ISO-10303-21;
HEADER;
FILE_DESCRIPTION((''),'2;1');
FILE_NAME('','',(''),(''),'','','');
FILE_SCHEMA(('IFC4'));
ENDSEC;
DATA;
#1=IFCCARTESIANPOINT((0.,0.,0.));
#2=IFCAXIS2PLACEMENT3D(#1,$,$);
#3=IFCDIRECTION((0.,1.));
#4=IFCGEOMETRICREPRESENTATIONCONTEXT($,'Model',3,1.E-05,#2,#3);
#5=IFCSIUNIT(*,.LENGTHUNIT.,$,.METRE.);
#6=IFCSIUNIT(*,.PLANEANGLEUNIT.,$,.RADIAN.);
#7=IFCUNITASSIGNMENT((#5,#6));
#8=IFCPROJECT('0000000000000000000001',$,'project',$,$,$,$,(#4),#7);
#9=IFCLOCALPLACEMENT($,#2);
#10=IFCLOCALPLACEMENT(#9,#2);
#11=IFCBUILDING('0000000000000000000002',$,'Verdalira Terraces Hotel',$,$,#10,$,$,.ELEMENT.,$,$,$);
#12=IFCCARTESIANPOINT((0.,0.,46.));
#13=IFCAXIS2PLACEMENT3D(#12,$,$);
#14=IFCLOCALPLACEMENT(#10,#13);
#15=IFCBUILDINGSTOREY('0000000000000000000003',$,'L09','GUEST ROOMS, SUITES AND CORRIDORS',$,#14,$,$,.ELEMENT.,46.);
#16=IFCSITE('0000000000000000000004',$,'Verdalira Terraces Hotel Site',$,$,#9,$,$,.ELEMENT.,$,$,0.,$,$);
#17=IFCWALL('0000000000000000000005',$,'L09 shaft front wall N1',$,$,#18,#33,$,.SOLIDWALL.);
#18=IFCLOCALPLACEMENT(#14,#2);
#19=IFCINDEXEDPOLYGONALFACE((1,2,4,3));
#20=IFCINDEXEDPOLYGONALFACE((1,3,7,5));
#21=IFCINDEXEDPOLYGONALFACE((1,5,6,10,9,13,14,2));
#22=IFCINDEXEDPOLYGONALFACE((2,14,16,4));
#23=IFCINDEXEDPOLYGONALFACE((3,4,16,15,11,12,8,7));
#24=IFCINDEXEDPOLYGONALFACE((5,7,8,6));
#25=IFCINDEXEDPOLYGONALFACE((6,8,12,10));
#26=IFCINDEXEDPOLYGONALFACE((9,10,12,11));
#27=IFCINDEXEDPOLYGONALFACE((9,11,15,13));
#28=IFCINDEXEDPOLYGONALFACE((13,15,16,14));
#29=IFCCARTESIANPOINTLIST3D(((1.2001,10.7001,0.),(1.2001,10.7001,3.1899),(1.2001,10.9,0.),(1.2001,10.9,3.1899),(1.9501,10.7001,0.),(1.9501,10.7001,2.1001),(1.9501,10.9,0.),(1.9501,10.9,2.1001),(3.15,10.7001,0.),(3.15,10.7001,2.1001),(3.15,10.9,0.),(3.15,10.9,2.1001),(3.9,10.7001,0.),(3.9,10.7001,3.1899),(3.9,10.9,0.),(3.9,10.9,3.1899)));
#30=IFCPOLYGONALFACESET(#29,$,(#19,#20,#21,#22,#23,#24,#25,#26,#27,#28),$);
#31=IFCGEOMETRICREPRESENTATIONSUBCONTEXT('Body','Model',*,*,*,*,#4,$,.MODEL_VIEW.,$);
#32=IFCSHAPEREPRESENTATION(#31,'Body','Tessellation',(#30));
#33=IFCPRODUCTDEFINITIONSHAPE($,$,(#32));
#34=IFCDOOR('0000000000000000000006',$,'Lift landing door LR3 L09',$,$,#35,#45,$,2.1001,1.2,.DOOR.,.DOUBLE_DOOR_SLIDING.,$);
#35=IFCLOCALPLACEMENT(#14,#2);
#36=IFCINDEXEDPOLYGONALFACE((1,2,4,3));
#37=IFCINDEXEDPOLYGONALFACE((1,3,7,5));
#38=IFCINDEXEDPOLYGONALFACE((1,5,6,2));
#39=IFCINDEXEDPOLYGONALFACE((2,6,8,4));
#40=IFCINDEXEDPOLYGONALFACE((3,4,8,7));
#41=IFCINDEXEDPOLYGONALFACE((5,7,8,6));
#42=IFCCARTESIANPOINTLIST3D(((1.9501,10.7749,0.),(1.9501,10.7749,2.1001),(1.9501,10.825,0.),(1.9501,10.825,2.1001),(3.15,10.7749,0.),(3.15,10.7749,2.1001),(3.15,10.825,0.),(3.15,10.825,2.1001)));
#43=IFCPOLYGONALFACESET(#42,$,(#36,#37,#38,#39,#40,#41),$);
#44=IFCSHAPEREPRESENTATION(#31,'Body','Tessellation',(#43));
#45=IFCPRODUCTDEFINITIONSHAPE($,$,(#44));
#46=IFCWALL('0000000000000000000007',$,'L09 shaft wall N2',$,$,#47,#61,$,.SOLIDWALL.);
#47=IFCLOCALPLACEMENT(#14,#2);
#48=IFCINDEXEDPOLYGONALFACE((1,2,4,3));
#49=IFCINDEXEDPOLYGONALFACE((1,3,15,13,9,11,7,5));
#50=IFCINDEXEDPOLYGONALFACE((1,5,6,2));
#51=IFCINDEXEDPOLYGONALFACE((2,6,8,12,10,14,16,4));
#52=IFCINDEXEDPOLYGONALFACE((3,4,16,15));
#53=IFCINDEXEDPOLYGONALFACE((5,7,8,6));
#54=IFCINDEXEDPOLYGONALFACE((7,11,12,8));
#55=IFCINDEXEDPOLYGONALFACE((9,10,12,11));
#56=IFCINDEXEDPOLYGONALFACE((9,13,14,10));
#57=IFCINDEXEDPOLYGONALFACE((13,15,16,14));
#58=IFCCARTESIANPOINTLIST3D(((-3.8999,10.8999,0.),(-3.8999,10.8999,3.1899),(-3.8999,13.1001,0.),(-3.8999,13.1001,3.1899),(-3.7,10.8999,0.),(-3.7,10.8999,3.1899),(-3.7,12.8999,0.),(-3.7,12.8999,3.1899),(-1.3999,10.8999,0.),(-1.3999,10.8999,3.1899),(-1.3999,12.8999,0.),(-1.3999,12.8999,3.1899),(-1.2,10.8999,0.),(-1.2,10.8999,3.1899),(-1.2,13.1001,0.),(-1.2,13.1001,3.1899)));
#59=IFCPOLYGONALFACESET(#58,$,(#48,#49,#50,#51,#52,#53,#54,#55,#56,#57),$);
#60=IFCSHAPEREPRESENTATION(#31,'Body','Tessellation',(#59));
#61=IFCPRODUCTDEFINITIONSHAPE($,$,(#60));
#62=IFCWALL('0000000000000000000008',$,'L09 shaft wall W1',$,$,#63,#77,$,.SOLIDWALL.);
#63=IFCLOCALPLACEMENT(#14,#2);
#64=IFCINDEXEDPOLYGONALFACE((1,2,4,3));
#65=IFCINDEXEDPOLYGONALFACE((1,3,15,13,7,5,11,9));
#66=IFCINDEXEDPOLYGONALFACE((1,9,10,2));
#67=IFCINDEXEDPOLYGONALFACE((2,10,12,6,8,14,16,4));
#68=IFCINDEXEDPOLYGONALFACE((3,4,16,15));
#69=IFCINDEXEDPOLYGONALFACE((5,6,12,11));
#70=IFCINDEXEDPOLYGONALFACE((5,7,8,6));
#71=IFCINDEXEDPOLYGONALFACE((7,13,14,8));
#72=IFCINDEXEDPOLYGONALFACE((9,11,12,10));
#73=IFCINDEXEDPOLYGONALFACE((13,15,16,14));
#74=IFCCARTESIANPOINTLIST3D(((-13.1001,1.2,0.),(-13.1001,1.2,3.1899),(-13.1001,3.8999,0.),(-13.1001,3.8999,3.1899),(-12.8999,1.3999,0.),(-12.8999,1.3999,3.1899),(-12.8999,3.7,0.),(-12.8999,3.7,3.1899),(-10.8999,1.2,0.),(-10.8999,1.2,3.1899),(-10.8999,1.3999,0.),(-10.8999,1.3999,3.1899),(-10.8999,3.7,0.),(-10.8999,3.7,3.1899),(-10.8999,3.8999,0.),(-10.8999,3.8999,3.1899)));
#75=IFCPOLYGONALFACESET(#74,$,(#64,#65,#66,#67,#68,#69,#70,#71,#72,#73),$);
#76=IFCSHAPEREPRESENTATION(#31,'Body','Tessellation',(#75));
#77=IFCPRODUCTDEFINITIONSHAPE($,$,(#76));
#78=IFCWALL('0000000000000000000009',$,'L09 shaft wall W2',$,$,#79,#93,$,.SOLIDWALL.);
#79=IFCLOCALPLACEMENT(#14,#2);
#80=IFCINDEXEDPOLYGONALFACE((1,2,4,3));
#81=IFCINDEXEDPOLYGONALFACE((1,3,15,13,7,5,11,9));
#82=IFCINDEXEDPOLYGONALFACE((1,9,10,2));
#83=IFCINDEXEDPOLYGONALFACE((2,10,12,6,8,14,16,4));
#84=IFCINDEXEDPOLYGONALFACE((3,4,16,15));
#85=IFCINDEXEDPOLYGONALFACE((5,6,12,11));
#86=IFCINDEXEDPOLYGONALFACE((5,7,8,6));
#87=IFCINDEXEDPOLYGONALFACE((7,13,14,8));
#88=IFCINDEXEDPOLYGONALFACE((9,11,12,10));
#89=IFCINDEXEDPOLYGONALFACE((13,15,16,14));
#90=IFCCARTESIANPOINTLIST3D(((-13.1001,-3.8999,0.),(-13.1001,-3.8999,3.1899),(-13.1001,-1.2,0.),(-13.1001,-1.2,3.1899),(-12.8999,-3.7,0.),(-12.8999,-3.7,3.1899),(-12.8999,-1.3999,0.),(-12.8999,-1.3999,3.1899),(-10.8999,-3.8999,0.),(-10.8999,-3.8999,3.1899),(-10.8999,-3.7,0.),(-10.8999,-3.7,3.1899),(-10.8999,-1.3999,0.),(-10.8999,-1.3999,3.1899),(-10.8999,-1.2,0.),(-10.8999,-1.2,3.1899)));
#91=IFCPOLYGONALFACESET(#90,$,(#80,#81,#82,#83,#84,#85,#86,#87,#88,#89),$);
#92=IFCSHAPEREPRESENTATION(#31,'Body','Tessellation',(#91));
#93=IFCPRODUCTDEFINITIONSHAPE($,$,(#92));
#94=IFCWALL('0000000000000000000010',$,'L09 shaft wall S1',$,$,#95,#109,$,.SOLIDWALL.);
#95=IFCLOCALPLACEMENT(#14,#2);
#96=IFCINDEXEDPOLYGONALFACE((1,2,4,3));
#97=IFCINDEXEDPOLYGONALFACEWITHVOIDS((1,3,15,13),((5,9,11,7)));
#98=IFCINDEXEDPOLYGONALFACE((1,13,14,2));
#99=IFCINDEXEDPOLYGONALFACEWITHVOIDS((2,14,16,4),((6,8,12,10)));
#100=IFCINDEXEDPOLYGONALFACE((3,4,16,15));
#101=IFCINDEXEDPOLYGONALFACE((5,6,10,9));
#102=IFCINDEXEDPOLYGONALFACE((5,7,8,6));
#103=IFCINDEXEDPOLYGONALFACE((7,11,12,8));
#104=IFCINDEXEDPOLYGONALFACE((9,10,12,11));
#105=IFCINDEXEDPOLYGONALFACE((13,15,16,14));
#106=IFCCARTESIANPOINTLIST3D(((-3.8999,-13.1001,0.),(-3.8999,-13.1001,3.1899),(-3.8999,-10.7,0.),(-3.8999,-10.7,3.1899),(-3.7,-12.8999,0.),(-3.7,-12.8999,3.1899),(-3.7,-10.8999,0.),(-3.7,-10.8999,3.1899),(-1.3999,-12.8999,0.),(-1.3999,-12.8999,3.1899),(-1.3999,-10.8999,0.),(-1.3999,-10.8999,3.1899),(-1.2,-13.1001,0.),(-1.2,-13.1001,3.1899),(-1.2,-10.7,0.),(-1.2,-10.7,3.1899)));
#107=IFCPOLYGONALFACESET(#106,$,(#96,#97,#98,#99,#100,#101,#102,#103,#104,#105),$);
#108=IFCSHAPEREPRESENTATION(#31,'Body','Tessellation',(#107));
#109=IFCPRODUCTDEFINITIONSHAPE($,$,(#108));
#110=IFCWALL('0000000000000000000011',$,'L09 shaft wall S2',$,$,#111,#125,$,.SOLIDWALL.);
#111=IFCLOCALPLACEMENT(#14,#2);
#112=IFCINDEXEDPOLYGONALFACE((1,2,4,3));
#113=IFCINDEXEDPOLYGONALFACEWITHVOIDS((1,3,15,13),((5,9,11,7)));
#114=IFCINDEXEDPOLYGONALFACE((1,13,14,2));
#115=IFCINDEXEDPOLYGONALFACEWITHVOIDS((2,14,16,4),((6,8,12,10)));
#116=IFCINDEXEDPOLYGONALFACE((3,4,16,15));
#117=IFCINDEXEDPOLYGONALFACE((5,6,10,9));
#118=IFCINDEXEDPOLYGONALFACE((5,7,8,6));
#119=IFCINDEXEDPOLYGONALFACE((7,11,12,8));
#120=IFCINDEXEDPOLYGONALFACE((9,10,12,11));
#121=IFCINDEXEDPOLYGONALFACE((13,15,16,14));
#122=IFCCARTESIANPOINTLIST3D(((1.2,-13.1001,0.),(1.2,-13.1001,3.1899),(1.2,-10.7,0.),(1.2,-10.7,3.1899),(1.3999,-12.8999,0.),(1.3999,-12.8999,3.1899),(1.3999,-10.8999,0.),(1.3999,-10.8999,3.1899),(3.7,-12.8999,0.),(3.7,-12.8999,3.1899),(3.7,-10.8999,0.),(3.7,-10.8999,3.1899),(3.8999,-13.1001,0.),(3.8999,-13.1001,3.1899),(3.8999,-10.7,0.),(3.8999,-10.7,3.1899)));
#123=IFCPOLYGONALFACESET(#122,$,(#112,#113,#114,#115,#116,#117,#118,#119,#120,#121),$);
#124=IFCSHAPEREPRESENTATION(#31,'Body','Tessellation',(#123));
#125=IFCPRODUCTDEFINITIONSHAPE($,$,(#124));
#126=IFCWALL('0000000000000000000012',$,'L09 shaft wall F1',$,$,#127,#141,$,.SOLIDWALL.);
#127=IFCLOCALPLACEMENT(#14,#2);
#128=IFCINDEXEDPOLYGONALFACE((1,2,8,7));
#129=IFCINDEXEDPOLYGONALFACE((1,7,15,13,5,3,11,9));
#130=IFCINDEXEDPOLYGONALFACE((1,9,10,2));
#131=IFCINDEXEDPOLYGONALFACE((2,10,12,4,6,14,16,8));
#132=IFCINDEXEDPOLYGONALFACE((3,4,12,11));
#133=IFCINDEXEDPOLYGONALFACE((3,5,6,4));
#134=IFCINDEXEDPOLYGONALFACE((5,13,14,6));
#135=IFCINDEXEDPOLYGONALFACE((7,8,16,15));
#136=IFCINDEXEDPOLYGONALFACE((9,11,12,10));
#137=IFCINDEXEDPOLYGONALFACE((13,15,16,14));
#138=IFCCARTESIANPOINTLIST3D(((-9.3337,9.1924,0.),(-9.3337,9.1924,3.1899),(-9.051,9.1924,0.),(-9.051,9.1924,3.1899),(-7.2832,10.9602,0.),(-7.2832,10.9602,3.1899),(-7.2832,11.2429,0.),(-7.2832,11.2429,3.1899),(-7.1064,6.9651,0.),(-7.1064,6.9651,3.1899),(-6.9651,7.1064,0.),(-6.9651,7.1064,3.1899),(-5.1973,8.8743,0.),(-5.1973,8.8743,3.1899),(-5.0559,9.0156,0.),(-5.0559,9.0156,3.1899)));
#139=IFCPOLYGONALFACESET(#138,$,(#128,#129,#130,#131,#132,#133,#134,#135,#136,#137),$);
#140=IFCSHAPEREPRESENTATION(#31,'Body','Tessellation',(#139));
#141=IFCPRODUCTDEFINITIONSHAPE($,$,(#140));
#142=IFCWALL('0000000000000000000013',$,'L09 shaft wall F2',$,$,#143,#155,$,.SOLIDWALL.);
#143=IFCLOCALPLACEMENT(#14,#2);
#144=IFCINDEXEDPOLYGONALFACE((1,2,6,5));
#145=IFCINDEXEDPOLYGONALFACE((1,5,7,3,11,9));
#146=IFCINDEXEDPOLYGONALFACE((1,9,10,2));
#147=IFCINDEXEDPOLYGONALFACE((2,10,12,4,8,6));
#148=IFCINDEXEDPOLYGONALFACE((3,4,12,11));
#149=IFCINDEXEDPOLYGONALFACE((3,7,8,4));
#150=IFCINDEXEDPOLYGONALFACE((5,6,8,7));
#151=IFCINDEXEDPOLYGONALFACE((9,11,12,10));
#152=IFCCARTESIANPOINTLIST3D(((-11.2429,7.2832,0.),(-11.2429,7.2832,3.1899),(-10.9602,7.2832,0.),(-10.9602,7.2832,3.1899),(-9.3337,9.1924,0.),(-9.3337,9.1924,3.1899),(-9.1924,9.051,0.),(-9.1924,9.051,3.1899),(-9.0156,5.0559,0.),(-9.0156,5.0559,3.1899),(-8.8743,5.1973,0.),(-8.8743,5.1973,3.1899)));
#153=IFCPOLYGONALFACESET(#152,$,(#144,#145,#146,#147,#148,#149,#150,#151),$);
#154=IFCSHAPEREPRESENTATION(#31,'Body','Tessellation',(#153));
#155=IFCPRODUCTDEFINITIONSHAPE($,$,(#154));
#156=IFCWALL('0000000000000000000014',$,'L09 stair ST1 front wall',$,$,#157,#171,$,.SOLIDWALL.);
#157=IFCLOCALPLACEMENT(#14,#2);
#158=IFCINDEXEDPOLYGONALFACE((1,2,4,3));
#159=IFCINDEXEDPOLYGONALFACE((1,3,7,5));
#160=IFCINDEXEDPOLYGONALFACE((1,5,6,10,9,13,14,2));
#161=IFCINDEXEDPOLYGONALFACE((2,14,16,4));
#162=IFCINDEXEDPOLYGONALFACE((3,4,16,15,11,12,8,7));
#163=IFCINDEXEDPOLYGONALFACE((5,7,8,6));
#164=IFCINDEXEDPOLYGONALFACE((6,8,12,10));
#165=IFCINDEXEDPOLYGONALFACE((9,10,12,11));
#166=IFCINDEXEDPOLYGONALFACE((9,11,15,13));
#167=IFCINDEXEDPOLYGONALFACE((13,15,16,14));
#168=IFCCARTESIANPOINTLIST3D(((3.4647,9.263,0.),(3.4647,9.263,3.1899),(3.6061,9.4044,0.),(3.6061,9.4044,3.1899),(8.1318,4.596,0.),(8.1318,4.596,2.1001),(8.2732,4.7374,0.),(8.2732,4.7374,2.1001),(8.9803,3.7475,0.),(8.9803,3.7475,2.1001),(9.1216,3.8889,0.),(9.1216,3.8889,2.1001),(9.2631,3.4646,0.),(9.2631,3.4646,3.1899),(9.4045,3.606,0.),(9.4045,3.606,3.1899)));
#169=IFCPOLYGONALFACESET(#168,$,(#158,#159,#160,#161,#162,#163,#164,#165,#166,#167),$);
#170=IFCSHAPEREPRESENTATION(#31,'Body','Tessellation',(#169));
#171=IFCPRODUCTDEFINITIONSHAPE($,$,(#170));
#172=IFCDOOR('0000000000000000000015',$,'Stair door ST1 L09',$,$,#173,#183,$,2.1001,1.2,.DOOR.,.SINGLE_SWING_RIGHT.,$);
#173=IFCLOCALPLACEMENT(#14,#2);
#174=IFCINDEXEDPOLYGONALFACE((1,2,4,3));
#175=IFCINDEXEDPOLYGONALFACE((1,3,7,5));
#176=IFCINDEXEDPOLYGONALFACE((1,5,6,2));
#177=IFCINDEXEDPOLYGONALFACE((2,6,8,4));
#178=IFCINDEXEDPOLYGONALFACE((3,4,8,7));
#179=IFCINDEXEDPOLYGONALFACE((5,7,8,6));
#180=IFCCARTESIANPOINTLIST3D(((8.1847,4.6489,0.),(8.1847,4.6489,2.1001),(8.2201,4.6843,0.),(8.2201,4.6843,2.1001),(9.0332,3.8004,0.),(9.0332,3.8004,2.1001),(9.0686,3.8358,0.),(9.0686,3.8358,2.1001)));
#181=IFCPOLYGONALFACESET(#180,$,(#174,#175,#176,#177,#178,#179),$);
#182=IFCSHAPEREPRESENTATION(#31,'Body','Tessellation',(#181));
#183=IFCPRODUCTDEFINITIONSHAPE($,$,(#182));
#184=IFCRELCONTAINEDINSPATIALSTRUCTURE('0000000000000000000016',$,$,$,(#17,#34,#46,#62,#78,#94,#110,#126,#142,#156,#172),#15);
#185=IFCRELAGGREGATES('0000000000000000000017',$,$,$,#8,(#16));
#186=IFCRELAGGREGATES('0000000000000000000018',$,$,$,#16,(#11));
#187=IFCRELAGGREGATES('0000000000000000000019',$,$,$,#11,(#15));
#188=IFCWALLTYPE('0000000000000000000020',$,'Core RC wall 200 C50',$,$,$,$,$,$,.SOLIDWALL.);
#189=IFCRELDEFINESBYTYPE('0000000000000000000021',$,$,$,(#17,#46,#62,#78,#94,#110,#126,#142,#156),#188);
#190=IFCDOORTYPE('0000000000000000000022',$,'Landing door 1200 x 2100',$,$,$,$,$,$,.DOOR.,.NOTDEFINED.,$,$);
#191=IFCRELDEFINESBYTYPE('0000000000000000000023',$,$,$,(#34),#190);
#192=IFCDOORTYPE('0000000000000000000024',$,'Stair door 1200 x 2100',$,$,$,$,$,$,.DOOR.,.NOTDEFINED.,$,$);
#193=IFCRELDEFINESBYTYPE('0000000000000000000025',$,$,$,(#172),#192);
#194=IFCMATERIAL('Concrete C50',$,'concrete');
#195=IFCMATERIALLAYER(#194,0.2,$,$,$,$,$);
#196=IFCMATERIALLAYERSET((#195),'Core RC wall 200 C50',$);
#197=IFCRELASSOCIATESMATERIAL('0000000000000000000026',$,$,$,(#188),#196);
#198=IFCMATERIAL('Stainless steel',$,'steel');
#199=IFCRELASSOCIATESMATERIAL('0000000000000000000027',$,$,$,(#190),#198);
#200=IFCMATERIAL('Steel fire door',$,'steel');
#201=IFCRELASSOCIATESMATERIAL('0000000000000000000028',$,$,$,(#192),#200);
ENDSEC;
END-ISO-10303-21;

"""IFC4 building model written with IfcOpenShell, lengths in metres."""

from ifc_helpers import new_model, si_unit, direction, frame, frame_2d, origin, place, context, subcontext, project, spatial, polyline, rectangle, outline, extrude, material, layer, layer_set, type_object, element, fill, save


model = new_model("IFC4")

# Units and contexts
model_context = context("Model", 3, precision=1e-05, world=origin(), true_north=direction((0.0, 1.0)))
body_context = subcontext(model_context, "Body", "Model", "MODEL_VIEW")
ifc_project = project(units=[si_unit("LENGTHUNIT", "METRE"), si_unit("PLANEANGLEUNIT", "RADIAN")], contexts=[model_context])

# Site, building, storey
site_placement = place(None, origin())
site = spatial("IfcSite", under=ifc_project, at=site_placement, Name="Verdalira Terraces Hotel Site", CompositionType="ELEMENT", RefElevation=0.0)
building_placement = place(site_placement, origin())
building = spatial("IfcBuilding", under=site, at=building_placement, Name="Verdalira Terraces Hotel", CompositionType="ELEMENT")
storey_placement = place(building_placement, frame((0.0, 0.0, 46.0)))
storey = spatial("IfcBuildingStorey", under=building, at=storey_placement, Name="L09", Description="GUEST ROOMS, SUITES AND CORRIDORS", CompositionType="ELEMENT", Elevation=46.0)

# Shared definitions
ifc_material_1 = material(Name="Concrete C50", Category="concrete")
ifc_layer_1 = layer(ifc_material_1, 0.2)
ifc_layer_set_1 = layer_set([ifc_layer_1], Name="Core RC wall 200 C50")
wall_type_1 = type_object("IfcWallType", Name="Core RC wall 200 C50", PredefinedType="SOLIDWALL", material=ifc_layer_set_1)

# Wall, opening, door
wall_1_placement = place(storey_placement, frame((1.2, 10.8, 0.0), z_axis=(0.0, 0.0, 1.0), x_axis=(1.0, 0.0, 0.0)))
wall_1 = element("IfcWall", 1, at=wall_1_placement, inside=storey, type_object=wall_type_1, Name="L09 shaft front wall N1", PredefinedType="SOLIDWALL", context=body_context, shape_type="SweptSolid", body=[
    extrude(rectangle(XDim=2.7, YDim=0.2, at=frame_2d((1.3501, 0.0))), origin(), (0.0, 0.0, 1.0), 3.1899),
])
opening_1_placement = place(wall_1_placement, frame((0.75, 0.0, 0.0)))
opening_1 = element("IfcOpeningElement", 2, at=opening_1_placement, cuts=wall_1, PredefinedType="OPENING", context=body_context, shape_type="SweptSolid", body=[
    extrude(rectangle(XDim=1.2, YDim=2.1001, at=frame_2d((0.6001, 1.05))), frame((0.0, 0.1099, 0.0), z_axis=(0.0, -1.0, 0.0), x_axis=(1.0, 0.0, 0.0)), (0.0, 0.0, 1.0), 0.22),
])
ifc_material_2 = material(Name="Stainless steel", Category="steel")
door_type_1 = type_object("IfcDoorType", Name="Landing door 1200 x 2100", OperationType="NOTDEFINED", PredefinedType="DOOR", material=ifc_material_2)
door_1_placement = place(opening_1_placement, origin())
door_1 = element("IfcDoor", 3, at=door_1_placement, inside=storey, type_object=door_type_1, Name="Lift landing door LR3 L09", OperationType="DOUBLE_DOOR_SLIDING", OverallHeight=2.1001, OverallWidth=1.2, PredefinedType="DOOR", context=body_context, shape_type="SweptSolid", body=[
    extrude(rectangle(XDim=1.2, YDim=2.1001, at=frame_2d((0.6001, 1.05))), frame((0.0, 0.0249, 0.0), z_axis=(0.0, -1.0, 0.0), x_axis=(1.0, 0.0, 0.0)), (0.0, 0.0, 1.0), 0.05),
])
fill(opening_1, door_1)

# Walls
wall_2_placement = place(storey_placement, origin())
element("IfcWall", 4, at=wall_2_placement, inside=storey, type_object=wall_type_1, Name="L09 shaft wall N2", PredefinedType="SOLIDWALL", context=body_context, shape_type="SweptSolid", body=[
    extrude(outline(polyline([(-3.8999, 10.8999), (-3.8999, 13.1001), (-1.2, 13.1001), (-1.2, 10.8999), (-1.3999, 10.8999), (-1.3999, 12.8999), (-3.7, 12.8999), (-3.7, 10.8999), (-3.8999, 10.8999)])), origin(), (0.0, 0.0, 1.0), 3.1899),
])
wall_3_placement = place(storey_placement, origin())
element("IfcWall", 5, at=wall_3_placement, inside=storey, type_object=wall_type_1, Name="L09 shaft wall W1", PredefinedType="SOLIDWALL", context=body_context, shape_type="SweptSolid", body=[
    extrude(outline(polyline([(-13.1001, 3.8999), (-10.8999, 3.8999), (-10.8999, 3.7), (-12.8999, 3.7), (-12.8999, 1.3999), (-10.8999, 1.3999), (-10.8999, 1.2), (-13.1001, 1.2), (-13.1001, 3.8999)])), origin(), (0.0, 0.0, 1.0), 3.1899),
])
wall_4_placement = place(storey_placement, origin())
element("IfcWall", 6, at=wall_4_placement, inside=storey, type_object=wall_type_1, Name="L09 shaft wall W2", PredefinedType="SOLIDWALL", context=body_context, shape_type="SweptSolid", body=[
    extrude(outline(polyline([(-13.1001, -3.8999), (-13.1001, -1.2), (-10.8999, -1.2), (-10.8999, -1.3999), (-12.8999, -1.3999), (-12.8999, -3.7), (-10.8999, -3.7), (-10.8999, -3.8999), (-13.1001, -3.8999)])), origin(), (0.0, 0.0, 1.0), 3.1899),
])
wall_5_placement = place(storey_placement, origin())
element("IfcWall", 7, at=wall_5_placement, inside=storey, type_object=wall_type_1, Name="L09 shaft wall S1", PredefinedType="SOLIDWALL", context=body_context, shape_type="SweptSolid", body=[
    extrude(outline(polyline([(-1.2, -13.1001), (-3.8999, -13.1001), (-3.8999, -10.7), (-1.2, -10.7), (-1.2, -13.1001)]), holes=[polyline([(-3.7, -10.8999), (-3.7, -12.8999), (-1.3999, -12.8999), (-1.3999, -10.8999), (-3.7, -10.8999)])]), origin(), (0.0, 0.0, 1.0), 3.1899),
])
wall_6_placement = place(storey_placement, origin())
element("IfcWall", 8, at=wall_6_placement, inside=storey, type_object=wall_type_1, Name="L09 shaft wall S2", PredefinedType="SOLIDWALL", context=body_context, shape_type="SweptSolid", body=[
    extrude(outline(polyline([(3.8999, -10.7), (3.8999, -13.1001), (1.2, -13.1001), (1.2, -10.7), (3.8999, -10.7)]), holes=[polyline([(1.3999, -12.8999), (3.7, -12.8999), (3.7, -10.8999), (1.3999, -10.8999), (1.3999, -12.8999)])]), origin(), (0.0, 0.0, 1.0), 3.1899),
])
wall_7_placement = place(storey_placement, origin())
element("IfcWall", 9, at=wall_7_placement, inside=storey, type_object=wall_type_1, Name="L09 shaft wall F1", PredefinedType="SOLIDWALL", context=body_context, shape_type="SweptSolid", body=[
    extrude(outline(polyline([(-9.3337, 9.1924), (-7.2832, 11.2429), (-5.0559, 9.0156), (-5.1973, 8.8743), (-7.2832, 10.9602), (-9.051, 9.1924), (-6.9651, 7.1064), (-7.1064, 6.9651), (-9.3337, 9.1924)])), origin(), (0.0, 0.0, 1.0), 3.1899),
])
wall_8_placement = place(storey_placement, origin())
element("IfcWall", 10, at=wall_8_placement, inside=storey, type_object=wall_type_1, Name="L09 shaft wall F2", PredefinedType="SOLIDWALL", context=body_context, shape_type="SweptSolid", body=[
    extrude(outline(polyline([(-11.2429, 7.2832), (-9.3337, 9.1924), (-9.1924, 9.051), (-10.9602, 7.2832), (-8.8743, 5.1973), (-9.0156, 5.0559), (-11.2429, 7.2832)])), origin(), (0.0, 0.0, 1.0), 3.1899),
])

# Wall, opening, door
wall_9_placement = place(storey_placement, frame((3.5354, 9.3337, 0.0), z_axis=(0.0, 0.0, 1.0), x_axis=(0.707107, -0.707107, 0.0)))
wall_9 = element("IfcWall", 11, at=wall_9_placement, inside=storey, type_object=wall_type_1, Name="L09 stair ST1 front wall", PredefinedType="SOLIDWALL", context=body_context, shape_type="SweptSolid", body=[
    extrude(rectangle(XDim=8.2002, YDim=0.2, at=frame_2d((4.1001, 0.0))), origin(), (0.0, 0.0, 1.0), 3.1899),
])
opening_2_placement = place(wall_9_placement, frame((6.6001, 0.0, 0.0)))
opening_2 = element("IfcOpeningElement", 12, at=opening_2_placement, cuts=wall_9, PredefinedType="OPENING", context=body_context, shape_type="SweptSolid", body=[
    extrude(rectangle(XDim=1.2, YDim=2.1001, at=frame_2d((0.6001, 1.05))), frame((0.0, 0.1099, 0.0), z_axis=(0.0, -1.0, 0.0), x_axis=(1.0, 0.0, 0.0)), (0.0, 0.0, 1.0), 0.22),
])
ifc_material_3 = material(Name="Steel fire door", Category="steel")
door_type_2 = type_object("IfcDoorType", Name="Stair door 1200 x 2100", OperationType="NOTDEFINED", PredefinedType="DOOR", material=ifc_material_3)
door_2_placement = place(opening_2_placement, origin())
door_2 = element("IfcDoor", 13, at=door_2_placement, inside=storey, type_object=door_type_2, Name="Stair door ST1 L09", OperationType="SINGLE_SWING_RIGHT", OverallHeight=2.1001, OverallWidth=1.2, PredefinedType="DOOR", context=body_context, shape_type="SweptSolid", body=[
    extrude(rectangle(XDim=1.2, YDim=2.1001, at=frame_2d((0.6001, 1.05))), frame((0.0, 0.0249, 0.0), z_axis=(0.0, -1.0, 0.0), x_axis=(1.0, 0.0, 0.0)), (0.0, 0.0, 1.0), 0.05),
])
fill(opening_2, door_2)

save(model, "model.ifc")
